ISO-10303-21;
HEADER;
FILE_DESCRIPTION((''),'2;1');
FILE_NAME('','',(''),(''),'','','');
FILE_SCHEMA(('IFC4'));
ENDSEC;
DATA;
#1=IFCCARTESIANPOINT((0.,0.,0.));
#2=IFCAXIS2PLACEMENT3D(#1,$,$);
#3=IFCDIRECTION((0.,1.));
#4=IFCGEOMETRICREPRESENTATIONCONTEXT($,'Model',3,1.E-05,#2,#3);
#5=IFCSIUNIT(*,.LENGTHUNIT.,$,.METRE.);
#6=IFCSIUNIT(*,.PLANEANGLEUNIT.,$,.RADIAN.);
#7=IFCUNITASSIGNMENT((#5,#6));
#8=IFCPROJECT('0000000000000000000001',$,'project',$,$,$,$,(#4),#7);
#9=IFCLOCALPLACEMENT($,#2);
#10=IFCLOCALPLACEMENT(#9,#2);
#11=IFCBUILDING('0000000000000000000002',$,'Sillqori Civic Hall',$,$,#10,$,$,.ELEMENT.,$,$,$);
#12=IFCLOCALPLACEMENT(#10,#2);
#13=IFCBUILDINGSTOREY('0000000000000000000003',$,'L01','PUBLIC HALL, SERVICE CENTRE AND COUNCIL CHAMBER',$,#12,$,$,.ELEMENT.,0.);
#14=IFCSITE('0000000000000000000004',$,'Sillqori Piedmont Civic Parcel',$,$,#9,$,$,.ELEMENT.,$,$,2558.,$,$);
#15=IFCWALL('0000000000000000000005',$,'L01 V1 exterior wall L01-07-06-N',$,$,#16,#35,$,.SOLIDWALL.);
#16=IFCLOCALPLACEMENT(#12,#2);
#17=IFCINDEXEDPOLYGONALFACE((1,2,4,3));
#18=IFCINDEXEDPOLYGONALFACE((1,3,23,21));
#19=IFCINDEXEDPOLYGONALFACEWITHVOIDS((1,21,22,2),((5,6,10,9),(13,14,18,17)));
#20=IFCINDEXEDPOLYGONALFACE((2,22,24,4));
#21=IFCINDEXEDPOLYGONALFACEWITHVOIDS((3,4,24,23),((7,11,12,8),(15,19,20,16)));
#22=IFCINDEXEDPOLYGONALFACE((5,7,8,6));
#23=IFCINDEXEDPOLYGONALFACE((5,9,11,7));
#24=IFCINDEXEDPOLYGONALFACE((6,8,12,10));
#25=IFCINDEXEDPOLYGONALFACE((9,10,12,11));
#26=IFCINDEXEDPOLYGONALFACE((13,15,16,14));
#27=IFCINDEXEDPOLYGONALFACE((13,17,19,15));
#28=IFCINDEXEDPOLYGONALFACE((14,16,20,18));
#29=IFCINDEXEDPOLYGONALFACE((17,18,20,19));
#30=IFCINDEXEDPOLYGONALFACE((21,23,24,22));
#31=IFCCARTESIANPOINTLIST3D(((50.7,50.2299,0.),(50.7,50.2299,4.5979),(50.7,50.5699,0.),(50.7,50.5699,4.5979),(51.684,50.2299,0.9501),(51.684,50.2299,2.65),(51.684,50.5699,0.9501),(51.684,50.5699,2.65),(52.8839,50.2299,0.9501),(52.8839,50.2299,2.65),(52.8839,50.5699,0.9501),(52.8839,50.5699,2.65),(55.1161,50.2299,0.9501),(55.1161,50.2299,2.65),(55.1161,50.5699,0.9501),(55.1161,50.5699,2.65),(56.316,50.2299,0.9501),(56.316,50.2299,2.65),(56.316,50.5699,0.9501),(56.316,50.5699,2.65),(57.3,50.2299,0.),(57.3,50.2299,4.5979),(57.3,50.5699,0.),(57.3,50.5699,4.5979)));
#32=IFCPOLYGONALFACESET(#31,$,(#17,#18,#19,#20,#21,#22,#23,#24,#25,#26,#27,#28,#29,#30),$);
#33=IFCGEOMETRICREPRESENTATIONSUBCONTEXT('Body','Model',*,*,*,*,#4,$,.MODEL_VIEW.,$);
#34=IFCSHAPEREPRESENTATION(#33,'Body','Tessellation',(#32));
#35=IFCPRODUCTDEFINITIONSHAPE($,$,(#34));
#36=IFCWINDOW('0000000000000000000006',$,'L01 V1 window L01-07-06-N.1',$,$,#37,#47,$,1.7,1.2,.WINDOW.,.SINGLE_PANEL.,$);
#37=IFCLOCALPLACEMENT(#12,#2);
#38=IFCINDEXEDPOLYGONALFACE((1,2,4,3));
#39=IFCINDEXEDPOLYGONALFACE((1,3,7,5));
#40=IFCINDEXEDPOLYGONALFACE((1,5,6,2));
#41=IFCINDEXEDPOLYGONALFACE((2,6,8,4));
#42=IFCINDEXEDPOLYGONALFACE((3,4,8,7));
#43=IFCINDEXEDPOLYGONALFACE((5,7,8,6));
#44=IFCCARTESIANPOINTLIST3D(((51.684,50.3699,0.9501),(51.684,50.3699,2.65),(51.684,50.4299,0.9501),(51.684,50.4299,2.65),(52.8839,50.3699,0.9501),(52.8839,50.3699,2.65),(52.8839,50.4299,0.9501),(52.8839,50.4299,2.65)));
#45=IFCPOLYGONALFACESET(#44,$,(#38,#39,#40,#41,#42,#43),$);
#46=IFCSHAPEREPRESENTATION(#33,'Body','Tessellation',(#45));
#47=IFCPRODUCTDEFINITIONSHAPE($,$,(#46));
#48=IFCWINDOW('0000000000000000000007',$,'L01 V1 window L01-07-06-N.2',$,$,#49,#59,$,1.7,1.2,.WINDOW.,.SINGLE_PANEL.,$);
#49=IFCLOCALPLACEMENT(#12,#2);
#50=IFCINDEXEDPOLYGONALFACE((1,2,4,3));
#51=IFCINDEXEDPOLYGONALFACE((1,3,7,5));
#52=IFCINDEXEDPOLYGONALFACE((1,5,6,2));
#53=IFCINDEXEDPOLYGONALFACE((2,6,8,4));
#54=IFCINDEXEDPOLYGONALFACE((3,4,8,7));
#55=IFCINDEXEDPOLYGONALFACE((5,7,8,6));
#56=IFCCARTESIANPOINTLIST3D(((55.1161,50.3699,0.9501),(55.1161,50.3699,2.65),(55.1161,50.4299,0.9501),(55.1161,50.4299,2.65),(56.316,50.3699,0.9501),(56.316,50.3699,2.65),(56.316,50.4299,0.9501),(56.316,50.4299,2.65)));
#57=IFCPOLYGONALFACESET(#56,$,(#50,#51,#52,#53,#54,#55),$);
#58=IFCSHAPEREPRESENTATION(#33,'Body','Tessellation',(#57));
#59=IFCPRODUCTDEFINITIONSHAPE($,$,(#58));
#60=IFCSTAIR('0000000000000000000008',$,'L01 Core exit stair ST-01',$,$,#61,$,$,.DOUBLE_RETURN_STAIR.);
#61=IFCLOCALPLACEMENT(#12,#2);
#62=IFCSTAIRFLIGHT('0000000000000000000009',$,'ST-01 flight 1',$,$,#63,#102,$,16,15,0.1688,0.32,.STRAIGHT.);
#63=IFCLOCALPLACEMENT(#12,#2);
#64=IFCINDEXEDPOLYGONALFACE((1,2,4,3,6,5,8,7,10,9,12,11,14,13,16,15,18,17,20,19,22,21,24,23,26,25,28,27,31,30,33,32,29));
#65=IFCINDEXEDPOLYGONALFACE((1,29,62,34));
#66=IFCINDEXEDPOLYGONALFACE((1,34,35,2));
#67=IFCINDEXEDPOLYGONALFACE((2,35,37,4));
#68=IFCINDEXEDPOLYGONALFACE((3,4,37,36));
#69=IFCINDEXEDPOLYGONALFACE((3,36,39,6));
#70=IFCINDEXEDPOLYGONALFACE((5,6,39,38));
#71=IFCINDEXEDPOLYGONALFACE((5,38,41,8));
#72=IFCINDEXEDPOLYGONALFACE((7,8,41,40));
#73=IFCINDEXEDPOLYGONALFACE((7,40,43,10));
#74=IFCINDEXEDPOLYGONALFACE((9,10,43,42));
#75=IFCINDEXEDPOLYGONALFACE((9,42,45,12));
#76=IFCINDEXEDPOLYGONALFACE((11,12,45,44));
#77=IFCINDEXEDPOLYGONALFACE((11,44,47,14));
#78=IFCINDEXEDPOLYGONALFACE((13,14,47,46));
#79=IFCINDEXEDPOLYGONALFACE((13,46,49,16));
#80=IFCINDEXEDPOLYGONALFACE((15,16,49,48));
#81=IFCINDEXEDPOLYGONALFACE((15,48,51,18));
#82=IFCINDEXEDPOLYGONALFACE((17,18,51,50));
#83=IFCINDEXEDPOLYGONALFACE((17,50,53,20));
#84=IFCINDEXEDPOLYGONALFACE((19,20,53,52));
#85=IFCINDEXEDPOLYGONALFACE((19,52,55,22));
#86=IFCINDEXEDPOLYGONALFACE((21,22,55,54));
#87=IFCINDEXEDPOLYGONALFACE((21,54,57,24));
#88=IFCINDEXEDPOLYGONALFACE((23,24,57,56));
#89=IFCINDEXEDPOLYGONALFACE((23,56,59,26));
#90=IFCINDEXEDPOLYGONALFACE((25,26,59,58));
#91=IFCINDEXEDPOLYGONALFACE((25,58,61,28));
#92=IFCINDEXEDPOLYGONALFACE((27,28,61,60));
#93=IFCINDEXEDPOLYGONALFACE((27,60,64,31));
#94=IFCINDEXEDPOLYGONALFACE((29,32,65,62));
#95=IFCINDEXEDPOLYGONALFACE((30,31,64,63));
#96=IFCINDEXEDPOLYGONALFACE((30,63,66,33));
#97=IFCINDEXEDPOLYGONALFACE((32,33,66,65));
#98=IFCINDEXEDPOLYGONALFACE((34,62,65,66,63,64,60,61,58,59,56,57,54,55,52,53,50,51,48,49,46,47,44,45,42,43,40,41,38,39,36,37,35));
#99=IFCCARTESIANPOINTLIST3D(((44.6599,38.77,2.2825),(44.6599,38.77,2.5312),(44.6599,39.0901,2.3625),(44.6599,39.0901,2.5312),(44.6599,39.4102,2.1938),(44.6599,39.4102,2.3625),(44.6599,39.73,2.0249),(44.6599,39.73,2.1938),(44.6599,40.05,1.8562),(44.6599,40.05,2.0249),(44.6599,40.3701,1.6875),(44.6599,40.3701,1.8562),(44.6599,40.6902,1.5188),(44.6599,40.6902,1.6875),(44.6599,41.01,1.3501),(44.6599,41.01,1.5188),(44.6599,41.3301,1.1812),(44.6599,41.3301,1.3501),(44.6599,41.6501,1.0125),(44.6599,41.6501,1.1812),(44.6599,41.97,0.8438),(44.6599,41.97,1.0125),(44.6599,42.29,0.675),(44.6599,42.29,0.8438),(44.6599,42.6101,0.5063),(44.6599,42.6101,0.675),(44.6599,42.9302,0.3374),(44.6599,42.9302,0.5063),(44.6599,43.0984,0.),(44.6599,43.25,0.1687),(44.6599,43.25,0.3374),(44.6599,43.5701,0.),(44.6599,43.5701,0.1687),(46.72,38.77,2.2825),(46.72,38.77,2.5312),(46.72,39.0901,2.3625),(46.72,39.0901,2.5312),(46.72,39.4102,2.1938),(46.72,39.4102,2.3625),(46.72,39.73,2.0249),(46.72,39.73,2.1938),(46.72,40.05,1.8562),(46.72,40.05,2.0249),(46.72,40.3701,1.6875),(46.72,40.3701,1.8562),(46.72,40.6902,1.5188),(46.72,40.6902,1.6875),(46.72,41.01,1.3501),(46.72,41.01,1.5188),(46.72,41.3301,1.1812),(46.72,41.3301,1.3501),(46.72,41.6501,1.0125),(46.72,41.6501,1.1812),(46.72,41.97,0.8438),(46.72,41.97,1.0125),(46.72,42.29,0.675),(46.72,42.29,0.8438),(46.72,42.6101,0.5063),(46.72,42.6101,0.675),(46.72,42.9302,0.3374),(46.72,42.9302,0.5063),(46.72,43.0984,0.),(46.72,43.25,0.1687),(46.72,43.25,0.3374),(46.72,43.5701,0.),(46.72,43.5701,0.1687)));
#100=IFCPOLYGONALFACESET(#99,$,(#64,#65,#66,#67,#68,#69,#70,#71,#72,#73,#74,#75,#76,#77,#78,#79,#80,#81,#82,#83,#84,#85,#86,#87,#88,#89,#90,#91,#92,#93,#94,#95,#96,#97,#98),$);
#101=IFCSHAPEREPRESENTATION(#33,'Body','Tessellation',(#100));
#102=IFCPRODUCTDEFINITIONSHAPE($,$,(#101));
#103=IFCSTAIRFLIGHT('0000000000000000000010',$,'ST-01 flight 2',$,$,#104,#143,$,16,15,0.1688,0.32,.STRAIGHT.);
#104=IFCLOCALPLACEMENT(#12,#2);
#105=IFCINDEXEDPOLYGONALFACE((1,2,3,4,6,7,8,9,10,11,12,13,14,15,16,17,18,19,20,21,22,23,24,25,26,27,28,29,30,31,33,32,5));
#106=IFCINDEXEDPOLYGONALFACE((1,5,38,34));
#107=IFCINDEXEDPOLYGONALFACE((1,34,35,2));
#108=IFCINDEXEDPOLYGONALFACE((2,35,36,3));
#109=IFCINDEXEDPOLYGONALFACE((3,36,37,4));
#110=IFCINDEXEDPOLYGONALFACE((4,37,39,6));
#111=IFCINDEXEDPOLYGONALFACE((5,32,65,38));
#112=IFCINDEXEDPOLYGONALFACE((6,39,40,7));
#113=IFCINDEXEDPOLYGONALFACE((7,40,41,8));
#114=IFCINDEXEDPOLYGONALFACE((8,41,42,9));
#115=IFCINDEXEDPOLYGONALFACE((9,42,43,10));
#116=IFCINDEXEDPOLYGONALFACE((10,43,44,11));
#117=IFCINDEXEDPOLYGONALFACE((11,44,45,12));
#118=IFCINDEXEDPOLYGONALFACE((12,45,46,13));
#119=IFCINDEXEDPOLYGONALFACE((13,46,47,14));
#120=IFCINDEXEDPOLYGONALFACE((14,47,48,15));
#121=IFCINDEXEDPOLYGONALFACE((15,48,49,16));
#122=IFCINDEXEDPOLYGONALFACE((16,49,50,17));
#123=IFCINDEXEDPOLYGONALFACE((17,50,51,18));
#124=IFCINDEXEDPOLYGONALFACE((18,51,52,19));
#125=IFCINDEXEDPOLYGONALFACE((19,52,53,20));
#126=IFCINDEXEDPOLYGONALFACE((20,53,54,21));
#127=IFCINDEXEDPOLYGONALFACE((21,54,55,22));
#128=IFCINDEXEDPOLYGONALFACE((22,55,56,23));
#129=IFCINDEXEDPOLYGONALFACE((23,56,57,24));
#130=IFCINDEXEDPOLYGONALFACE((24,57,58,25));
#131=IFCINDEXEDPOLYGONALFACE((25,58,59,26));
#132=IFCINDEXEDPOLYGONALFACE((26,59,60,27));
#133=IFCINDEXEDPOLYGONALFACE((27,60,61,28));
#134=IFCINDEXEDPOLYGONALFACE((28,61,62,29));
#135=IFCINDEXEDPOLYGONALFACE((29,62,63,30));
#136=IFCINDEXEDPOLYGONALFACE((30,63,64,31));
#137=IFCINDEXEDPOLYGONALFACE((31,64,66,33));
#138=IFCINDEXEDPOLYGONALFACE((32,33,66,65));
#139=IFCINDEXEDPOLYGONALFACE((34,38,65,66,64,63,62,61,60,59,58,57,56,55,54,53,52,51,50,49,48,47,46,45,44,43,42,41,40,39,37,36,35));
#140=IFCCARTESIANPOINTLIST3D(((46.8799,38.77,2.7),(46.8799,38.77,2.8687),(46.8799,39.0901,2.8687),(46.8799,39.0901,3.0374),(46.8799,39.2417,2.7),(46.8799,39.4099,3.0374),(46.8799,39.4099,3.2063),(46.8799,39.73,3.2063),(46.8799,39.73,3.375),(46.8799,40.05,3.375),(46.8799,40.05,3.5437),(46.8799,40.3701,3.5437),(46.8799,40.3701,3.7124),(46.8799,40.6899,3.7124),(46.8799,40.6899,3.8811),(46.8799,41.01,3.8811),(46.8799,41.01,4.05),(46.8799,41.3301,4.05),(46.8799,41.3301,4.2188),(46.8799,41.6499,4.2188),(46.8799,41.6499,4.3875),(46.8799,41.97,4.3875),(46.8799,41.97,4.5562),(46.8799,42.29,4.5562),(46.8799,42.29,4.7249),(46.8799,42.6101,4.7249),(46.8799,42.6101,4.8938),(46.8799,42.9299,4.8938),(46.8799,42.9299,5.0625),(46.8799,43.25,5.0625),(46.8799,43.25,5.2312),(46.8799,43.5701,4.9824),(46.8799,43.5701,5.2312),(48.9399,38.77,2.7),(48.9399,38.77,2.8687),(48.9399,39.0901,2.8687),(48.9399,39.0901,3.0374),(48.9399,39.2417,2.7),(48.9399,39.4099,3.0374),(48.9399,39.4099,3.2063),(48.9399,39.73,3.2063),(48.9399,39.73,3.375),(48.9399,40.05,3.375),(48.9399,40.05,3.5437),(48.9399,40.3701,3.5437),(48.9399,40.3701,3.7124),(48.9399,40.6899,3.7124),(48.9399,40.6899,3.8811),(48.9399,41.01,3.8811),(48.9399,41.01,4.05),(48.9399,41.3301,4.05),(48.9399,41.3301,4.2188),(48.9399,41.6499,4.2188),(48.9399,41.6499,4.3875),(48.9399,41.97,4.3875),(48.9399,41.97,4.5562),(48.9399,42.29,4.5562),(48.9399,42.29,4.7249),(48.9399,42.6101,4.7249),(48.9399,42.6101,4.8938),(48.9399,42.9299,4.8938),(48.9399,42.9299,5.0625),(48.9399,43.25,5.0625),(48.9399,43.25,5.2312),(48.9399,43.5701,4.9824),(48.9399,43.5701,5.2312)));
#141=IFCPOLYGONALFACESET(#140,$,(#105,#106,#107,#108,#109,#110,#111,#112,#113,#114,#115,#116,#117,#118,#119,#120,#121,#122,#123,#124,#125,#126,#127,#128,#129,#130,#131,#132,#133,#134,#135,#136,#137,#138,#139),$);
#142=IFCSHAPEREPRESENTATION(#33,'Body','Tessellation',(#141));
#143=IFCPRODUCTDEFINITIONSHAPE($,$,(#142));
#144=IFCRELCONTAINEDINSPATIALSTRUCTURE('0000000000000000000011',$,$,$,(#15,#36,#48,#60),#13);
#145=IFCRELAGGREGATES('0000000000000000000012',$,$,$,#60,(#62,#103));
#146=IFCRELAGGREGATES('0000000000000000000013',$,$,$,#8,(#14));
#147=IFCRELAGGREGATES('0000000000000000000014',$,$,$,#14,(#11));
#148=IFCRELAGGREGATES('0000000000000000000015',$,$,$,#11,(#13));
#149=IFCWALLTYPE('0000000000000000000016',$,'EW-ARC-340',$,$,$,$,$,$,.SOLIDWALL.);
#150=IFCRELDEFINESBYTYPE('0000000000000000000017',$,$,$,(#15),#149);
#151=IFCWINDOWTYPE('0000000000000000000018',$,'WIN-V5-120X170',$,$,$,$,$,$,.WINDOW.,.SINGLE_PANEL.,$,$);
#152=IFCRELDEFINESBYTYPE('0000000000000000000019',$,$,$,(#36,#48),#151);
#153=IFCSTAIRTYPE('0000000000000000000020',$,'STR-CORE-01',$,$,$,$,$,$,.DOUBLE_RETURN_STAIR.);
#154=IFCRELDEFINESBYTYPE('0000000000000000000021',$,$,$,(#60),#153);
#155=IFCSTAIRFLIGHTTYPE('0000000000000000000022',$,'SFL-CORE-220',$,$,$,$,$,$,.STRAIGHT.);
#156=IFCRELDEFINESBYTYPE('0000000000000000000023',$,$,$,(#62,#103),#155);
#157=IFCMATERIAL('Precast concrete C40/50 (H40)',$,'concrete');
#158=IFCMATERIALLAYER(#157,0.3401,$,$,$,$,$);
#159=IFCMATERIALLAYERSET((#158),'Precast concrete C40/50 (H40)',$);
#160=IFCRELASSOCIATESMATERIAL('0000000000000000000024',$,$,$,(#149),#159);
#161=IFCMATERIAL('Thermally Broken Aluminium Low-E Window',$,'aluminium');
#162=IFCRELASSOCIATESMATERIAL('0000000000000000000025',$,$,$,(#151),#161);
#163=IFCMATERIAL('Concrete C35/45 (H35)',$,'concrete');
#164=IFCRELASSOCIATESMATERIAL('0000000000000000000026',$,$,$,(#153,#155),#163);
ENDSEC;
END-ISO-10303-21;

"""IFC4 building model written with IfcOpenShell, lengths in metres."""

from ifc_helpers import new_model, si_unit, direction, frame, frame_2d, origin, place, context, subcontext, project, spatial, polyline, rectangle, outline, extrude, material, layer, layer_set, type_object, element, fill, aggregate, save


model = new_model("IFC4")

# Units and contexts
model_context = context("Model", 3, precision=1e-05, world=origin(), true_north=direction((0.0, 1.0)))
body_context = subcontext(model_context, "Body", "Model", "MODEL_VIEW")
ifc_project = project(units=[si_unit("LENGTHUNIT", "METRE"), si_unit("PLANEANGLEUNIT", "RADIAN")], contexts=[model_context])

# Site, building, storey
site_placement = place(None, origin())
site = spatial("IfcSite", under=ifc_project, at=site_placement, Name="Sillqori Piedmont Civic Parcel", CompositionType="ELEMENT", RefElevation=2558.0)
building_placement = place(site_placement, origin())
building = spatial("IfcBuilding", under=site, at=building_placement, Name="Sillqori Civic Hall", CompositionType="ELEMENT")
storey_placement = place(building_placement, origin())
storey = spatial("IfcBuildingStorey", under=building, at=storey_placement, Name="L01", Description="PUBLIC HALL, SERVICE CENTRE AND COUNCIL CHAMBER", CompositionType="ELEMENT", Elevation=0.0)

# Shared definitions
ifc_material_1 = material(Name="Concrete C35/45 (H35)", Category="concrete")

# Wall, openings, windows
ifc_material_2 = material(Name="Precast concrete C40/50 (H40)", Category="concrete")
ifc_layer_1 = layer(ifc_material_2, 0.3401)
ifc_layer_set_1 = layer_set([ifc_layer_1], Name="Precast concrete C40/50 (H40)")
wall_type_1 = type_object("IfcWallType", Name="EW-ARC-340", PredefinedType="SOLIDWALL", material=ifc_layer_set_1)
wall_1_placement = place(storey_placement, frame((50.7, 50.3999, 0.0), z_axis=(0.0, 0.0, 1.0), x_axis=(1.0, 0.0, 0.0)))
wall_1 = element("IfcWall", 1, at=wall_1_placement, inside=storey, type_object=wall_type_1, Name="L01 V1 exterior wall L01-07-06-N", PredefinedType="SOLIDWALL", context=body_context, shape_type="SweptSolid", body=[
    extrude(rectangle(XDim=6.6001, YDim=0.3401, at=frame_2d((3.3, 0.0))), origin(), (0.0, 0.0, 1.0), 4.5979),
])
opening_1_placement = place(wall_1_placement, frame((0.9839, 0.0, 0.95)))
opening_1 = element("IfcOpeningElement", 2, at=opening_1_placement, cuts=wall_1, PredefinedType="OPENING", context=body_context, shape_type="SweptSolid", body=[
    extrude(rectangle(XDim=1.2, YDim=1.7, at=frame_2d((0.6001, 0.8501))), frame((0.0, 0.1799, 0.0), z_axis=(0.0, -1.0, 0.0), x_axis=(1.0, 0.0, 0.0)), (0.0, 0.0, 1.0), 0.3601),
])
opening_2_placement = place(wall_1_placement, frame((4.416, 0.0, 0.95)))
opening_2 = element("IfcOpeningElement", 3, at=opening_2_placement, cuts=wall_1, PredefinedType="OPENING", context=body_context, shape_type="SweptSolid", body=[
    extrude(rectangle(XDim=1.2, YDim=1.7, at=frame_2d((0.6001, 0.8501))), frame((0.0, 0.1799, 0.0), z_axis=(0.0, -1.0, 0.0), x_axis=(1.0, 0.0, 0.0)), (0.0, 0.0, 1.0), 0.3601),
])
ifc_material_3 = material(Name="Thermally Broken Aluminium Low-E Window", Category="aluminium")
window_type = type_object("IfcWindowType", Name="WIN-V5-120X170", PartitioningType="SINGLE_PANEL", PredefinedType="WINDOW", material=ifc_material_3)
window_1_placement = place(opening_1_placement, origin())
window_1 = element("IfcWindow", 4, at=window_1_placement, inside=storey, type_object=window_type, Name="L01 V1 window L01-07-06-N.1", OverallHeight=1.7, OverallWidth=1.2, PartitioningType="SINGLE_PANEL", PredefinedType="WINDOW", context=body_context, shape_type="SweptSolid", body=[
    extrude(rectangle(XDim=1.2, YDim=1.7, at=frame_2d((0.6001, 0.8501))), frame((0.0, 0.03, 0.0), z_axis=(0.0, -1.0, 0.0), x_axis=(1.0, 0.0, 0.0)), (0.0, 0.0, 1.0), 0.0601),
])
fill(opening_1, window_1)
window_2_placement = place(opening_2_placement, origin())
window_2 = element("IfcWindow", 5, at=window_2_placement, inside=storey, type_object=window_type, Name="L01 V1 window L01-07-06-N.2", OverallHeight=1.7, OverallWidth=1.2, PartitioningType="SINGLE_PANEL", PredefinedType="WINDOW", context=body_context, shape_type="SweptSolid", body=[
    extrude(rectangle(XDim=1.2, YDim=1.7, at=frame_2d((0.6001, 0.8501))), frame((0.0, 0.03, 0.0), z_axis=(0.0, -1.0, 0.0), x_axis=(1.0, 0.0, 0.0)), (0.0, 0.0, 1.0), 0.0601),
])
fill(opening_2, window_2)

# Stair, stair flights
stair_type_1 = type_object("IfcStairType", Name="STR-CORE-01", PredefinedType="DOUBLE_RETURN_STAIR", material=ifc_material_1)
stair_1_placement = place(storey_placement, origin())
stair_1 = element("IfcStair", 6, at=stair_1_placement, inside=storey, type_object=stair_type_1, Name="L01 Core exit stair ST-01", PredefinedType="DOUBLE_RETURN_STAIR")
stair_flight_type_1 = type_object("IfcStairFlightType", Name="SFL-CORE-220", PredefinedType="STRAIGHT", material=ifc_material_1)
stair_flight_1_placement = place(storey_placement, frame((45.6899, 43.5701, 0.0), z_axis=(0.0, 0.0, 1.0), x_axis=(0.0, -1.0, 0.0)))
stair_flight_1 = element("IfcStairFlight", 7, at=stair_flight_1_placement, type_object=stair_flight_type_1, Name="ST-01 flight 1", NumberOfRisers=16, NumberOfTreads=15, PredefinedType="STRAIGHT", RiserHeight=0.1688, TreadLength=0.32, context=body_context, shape_type="SweptSolid", body=[
    extrude(outline(polyline([(0.0, 0.0), (0.0, 0.1687), (0.3201, 0.1687), (0.3201, 0.3374), (0.6399, 0.3374), (0.6399, 0.5063), (0.96, 0.5063), (0.96, 0.675), (1.28, 0.675), (1.28, 0.8438), (1.6001, 0.8438), (1.6001, 1.0125), (1.9199, 1.0125), (1.9199, 1.1812), (2.24, 1.1812), (2.24, 1.3501), (2.5601, 1.3501), (2.5601, 1.5188), (2.8799, 1.5188), (2.8799, 1.6875), (3.2, 1.6875), (3.2, 1.8562), (3.52, 1.8562), (3.52, 2.0249), (3.8401, 2.0249), (3.8401, 2.1938), (4.1599, 2.1938), (4.1599, 2.3625), (4.48, 2.3625), (4.48, 2.5312), (4.8, 2.5312), (4.8, 2.7), (4.8, 2.2825), (0.4717, 0.0), (0.0, 0.0)])), frame((0.0, 1.03, 0.0), z_axis=(0.0, -1.0, 0.0), x_axis=(1.0, 0.0, 0.0)), (0.0, 0.0, 1.0), 2.0601),
])
stair_flight_2_placement = place(storey_placement, frame((47.9099, 38.77, 2.7), z_axis=(0.0, 0.0, 1.0), x_axis=(0.0, 1.0, 0.0)))
stair_flight_2 = element("IfcStairFlight", 8, at=stair_flight_2_placement, type_object=stair_flight_type_1, Name="ST-01 flight 2", NumberOfRisers=16, NumberOfTreads=15, PredefinedType="STRAIGHT", RiserHeight=0.1688, TreadLength=0.32, context=body_context, shape_type="SweptSolid", body=[
    extrude(outline(polyline([(0.0, 0.0), (0.0, 0.1687), (0.3201, 0.1687), (0.3201, 0.3374), (0.6399, 0.3374), (0.6399, 0.5063), (0.96, 0.5063), (0.96, 0.675), (1.28, 0.675), (1.28, 0.8438), (1.6001, 0.8438), (1.6001, 1.0125), (1.9199, 1.0125), (1.9199, 1.1812), (2.24, 1.1812), (2.24, 1.3501), (2.5601, 1.3501), (2.5601, 1.5188), (2.8799, 1.5188), (2.8799, 1.6875), (3.2, 1.6875), (3.2, 1.8562), (3.52, 1.8562), (3.52, 2.0249), (3.8401, 2.0249), (3.8401, 2.1938), (4.1599, 2.1938), (4.1599, 2.3625), (4.48, 2.3625), (4.48, 2.5312), (4.8, 2.5312), (4.8, 2.7), (4.8, 2.2825), (0.4717, 0.0), (0.0, 0.0)])), frame((0.0, 1.03, 0.0), z_axis=(0.0, -1.0, 0.0), x_axis=(1.0, 0.0, 0.0)), (0.0, 0.0, 1.0), 2.0601),
])
aggregate(stair_1, [stair_flight_1, stair_flight_2])

save(model, "model.ifc")
